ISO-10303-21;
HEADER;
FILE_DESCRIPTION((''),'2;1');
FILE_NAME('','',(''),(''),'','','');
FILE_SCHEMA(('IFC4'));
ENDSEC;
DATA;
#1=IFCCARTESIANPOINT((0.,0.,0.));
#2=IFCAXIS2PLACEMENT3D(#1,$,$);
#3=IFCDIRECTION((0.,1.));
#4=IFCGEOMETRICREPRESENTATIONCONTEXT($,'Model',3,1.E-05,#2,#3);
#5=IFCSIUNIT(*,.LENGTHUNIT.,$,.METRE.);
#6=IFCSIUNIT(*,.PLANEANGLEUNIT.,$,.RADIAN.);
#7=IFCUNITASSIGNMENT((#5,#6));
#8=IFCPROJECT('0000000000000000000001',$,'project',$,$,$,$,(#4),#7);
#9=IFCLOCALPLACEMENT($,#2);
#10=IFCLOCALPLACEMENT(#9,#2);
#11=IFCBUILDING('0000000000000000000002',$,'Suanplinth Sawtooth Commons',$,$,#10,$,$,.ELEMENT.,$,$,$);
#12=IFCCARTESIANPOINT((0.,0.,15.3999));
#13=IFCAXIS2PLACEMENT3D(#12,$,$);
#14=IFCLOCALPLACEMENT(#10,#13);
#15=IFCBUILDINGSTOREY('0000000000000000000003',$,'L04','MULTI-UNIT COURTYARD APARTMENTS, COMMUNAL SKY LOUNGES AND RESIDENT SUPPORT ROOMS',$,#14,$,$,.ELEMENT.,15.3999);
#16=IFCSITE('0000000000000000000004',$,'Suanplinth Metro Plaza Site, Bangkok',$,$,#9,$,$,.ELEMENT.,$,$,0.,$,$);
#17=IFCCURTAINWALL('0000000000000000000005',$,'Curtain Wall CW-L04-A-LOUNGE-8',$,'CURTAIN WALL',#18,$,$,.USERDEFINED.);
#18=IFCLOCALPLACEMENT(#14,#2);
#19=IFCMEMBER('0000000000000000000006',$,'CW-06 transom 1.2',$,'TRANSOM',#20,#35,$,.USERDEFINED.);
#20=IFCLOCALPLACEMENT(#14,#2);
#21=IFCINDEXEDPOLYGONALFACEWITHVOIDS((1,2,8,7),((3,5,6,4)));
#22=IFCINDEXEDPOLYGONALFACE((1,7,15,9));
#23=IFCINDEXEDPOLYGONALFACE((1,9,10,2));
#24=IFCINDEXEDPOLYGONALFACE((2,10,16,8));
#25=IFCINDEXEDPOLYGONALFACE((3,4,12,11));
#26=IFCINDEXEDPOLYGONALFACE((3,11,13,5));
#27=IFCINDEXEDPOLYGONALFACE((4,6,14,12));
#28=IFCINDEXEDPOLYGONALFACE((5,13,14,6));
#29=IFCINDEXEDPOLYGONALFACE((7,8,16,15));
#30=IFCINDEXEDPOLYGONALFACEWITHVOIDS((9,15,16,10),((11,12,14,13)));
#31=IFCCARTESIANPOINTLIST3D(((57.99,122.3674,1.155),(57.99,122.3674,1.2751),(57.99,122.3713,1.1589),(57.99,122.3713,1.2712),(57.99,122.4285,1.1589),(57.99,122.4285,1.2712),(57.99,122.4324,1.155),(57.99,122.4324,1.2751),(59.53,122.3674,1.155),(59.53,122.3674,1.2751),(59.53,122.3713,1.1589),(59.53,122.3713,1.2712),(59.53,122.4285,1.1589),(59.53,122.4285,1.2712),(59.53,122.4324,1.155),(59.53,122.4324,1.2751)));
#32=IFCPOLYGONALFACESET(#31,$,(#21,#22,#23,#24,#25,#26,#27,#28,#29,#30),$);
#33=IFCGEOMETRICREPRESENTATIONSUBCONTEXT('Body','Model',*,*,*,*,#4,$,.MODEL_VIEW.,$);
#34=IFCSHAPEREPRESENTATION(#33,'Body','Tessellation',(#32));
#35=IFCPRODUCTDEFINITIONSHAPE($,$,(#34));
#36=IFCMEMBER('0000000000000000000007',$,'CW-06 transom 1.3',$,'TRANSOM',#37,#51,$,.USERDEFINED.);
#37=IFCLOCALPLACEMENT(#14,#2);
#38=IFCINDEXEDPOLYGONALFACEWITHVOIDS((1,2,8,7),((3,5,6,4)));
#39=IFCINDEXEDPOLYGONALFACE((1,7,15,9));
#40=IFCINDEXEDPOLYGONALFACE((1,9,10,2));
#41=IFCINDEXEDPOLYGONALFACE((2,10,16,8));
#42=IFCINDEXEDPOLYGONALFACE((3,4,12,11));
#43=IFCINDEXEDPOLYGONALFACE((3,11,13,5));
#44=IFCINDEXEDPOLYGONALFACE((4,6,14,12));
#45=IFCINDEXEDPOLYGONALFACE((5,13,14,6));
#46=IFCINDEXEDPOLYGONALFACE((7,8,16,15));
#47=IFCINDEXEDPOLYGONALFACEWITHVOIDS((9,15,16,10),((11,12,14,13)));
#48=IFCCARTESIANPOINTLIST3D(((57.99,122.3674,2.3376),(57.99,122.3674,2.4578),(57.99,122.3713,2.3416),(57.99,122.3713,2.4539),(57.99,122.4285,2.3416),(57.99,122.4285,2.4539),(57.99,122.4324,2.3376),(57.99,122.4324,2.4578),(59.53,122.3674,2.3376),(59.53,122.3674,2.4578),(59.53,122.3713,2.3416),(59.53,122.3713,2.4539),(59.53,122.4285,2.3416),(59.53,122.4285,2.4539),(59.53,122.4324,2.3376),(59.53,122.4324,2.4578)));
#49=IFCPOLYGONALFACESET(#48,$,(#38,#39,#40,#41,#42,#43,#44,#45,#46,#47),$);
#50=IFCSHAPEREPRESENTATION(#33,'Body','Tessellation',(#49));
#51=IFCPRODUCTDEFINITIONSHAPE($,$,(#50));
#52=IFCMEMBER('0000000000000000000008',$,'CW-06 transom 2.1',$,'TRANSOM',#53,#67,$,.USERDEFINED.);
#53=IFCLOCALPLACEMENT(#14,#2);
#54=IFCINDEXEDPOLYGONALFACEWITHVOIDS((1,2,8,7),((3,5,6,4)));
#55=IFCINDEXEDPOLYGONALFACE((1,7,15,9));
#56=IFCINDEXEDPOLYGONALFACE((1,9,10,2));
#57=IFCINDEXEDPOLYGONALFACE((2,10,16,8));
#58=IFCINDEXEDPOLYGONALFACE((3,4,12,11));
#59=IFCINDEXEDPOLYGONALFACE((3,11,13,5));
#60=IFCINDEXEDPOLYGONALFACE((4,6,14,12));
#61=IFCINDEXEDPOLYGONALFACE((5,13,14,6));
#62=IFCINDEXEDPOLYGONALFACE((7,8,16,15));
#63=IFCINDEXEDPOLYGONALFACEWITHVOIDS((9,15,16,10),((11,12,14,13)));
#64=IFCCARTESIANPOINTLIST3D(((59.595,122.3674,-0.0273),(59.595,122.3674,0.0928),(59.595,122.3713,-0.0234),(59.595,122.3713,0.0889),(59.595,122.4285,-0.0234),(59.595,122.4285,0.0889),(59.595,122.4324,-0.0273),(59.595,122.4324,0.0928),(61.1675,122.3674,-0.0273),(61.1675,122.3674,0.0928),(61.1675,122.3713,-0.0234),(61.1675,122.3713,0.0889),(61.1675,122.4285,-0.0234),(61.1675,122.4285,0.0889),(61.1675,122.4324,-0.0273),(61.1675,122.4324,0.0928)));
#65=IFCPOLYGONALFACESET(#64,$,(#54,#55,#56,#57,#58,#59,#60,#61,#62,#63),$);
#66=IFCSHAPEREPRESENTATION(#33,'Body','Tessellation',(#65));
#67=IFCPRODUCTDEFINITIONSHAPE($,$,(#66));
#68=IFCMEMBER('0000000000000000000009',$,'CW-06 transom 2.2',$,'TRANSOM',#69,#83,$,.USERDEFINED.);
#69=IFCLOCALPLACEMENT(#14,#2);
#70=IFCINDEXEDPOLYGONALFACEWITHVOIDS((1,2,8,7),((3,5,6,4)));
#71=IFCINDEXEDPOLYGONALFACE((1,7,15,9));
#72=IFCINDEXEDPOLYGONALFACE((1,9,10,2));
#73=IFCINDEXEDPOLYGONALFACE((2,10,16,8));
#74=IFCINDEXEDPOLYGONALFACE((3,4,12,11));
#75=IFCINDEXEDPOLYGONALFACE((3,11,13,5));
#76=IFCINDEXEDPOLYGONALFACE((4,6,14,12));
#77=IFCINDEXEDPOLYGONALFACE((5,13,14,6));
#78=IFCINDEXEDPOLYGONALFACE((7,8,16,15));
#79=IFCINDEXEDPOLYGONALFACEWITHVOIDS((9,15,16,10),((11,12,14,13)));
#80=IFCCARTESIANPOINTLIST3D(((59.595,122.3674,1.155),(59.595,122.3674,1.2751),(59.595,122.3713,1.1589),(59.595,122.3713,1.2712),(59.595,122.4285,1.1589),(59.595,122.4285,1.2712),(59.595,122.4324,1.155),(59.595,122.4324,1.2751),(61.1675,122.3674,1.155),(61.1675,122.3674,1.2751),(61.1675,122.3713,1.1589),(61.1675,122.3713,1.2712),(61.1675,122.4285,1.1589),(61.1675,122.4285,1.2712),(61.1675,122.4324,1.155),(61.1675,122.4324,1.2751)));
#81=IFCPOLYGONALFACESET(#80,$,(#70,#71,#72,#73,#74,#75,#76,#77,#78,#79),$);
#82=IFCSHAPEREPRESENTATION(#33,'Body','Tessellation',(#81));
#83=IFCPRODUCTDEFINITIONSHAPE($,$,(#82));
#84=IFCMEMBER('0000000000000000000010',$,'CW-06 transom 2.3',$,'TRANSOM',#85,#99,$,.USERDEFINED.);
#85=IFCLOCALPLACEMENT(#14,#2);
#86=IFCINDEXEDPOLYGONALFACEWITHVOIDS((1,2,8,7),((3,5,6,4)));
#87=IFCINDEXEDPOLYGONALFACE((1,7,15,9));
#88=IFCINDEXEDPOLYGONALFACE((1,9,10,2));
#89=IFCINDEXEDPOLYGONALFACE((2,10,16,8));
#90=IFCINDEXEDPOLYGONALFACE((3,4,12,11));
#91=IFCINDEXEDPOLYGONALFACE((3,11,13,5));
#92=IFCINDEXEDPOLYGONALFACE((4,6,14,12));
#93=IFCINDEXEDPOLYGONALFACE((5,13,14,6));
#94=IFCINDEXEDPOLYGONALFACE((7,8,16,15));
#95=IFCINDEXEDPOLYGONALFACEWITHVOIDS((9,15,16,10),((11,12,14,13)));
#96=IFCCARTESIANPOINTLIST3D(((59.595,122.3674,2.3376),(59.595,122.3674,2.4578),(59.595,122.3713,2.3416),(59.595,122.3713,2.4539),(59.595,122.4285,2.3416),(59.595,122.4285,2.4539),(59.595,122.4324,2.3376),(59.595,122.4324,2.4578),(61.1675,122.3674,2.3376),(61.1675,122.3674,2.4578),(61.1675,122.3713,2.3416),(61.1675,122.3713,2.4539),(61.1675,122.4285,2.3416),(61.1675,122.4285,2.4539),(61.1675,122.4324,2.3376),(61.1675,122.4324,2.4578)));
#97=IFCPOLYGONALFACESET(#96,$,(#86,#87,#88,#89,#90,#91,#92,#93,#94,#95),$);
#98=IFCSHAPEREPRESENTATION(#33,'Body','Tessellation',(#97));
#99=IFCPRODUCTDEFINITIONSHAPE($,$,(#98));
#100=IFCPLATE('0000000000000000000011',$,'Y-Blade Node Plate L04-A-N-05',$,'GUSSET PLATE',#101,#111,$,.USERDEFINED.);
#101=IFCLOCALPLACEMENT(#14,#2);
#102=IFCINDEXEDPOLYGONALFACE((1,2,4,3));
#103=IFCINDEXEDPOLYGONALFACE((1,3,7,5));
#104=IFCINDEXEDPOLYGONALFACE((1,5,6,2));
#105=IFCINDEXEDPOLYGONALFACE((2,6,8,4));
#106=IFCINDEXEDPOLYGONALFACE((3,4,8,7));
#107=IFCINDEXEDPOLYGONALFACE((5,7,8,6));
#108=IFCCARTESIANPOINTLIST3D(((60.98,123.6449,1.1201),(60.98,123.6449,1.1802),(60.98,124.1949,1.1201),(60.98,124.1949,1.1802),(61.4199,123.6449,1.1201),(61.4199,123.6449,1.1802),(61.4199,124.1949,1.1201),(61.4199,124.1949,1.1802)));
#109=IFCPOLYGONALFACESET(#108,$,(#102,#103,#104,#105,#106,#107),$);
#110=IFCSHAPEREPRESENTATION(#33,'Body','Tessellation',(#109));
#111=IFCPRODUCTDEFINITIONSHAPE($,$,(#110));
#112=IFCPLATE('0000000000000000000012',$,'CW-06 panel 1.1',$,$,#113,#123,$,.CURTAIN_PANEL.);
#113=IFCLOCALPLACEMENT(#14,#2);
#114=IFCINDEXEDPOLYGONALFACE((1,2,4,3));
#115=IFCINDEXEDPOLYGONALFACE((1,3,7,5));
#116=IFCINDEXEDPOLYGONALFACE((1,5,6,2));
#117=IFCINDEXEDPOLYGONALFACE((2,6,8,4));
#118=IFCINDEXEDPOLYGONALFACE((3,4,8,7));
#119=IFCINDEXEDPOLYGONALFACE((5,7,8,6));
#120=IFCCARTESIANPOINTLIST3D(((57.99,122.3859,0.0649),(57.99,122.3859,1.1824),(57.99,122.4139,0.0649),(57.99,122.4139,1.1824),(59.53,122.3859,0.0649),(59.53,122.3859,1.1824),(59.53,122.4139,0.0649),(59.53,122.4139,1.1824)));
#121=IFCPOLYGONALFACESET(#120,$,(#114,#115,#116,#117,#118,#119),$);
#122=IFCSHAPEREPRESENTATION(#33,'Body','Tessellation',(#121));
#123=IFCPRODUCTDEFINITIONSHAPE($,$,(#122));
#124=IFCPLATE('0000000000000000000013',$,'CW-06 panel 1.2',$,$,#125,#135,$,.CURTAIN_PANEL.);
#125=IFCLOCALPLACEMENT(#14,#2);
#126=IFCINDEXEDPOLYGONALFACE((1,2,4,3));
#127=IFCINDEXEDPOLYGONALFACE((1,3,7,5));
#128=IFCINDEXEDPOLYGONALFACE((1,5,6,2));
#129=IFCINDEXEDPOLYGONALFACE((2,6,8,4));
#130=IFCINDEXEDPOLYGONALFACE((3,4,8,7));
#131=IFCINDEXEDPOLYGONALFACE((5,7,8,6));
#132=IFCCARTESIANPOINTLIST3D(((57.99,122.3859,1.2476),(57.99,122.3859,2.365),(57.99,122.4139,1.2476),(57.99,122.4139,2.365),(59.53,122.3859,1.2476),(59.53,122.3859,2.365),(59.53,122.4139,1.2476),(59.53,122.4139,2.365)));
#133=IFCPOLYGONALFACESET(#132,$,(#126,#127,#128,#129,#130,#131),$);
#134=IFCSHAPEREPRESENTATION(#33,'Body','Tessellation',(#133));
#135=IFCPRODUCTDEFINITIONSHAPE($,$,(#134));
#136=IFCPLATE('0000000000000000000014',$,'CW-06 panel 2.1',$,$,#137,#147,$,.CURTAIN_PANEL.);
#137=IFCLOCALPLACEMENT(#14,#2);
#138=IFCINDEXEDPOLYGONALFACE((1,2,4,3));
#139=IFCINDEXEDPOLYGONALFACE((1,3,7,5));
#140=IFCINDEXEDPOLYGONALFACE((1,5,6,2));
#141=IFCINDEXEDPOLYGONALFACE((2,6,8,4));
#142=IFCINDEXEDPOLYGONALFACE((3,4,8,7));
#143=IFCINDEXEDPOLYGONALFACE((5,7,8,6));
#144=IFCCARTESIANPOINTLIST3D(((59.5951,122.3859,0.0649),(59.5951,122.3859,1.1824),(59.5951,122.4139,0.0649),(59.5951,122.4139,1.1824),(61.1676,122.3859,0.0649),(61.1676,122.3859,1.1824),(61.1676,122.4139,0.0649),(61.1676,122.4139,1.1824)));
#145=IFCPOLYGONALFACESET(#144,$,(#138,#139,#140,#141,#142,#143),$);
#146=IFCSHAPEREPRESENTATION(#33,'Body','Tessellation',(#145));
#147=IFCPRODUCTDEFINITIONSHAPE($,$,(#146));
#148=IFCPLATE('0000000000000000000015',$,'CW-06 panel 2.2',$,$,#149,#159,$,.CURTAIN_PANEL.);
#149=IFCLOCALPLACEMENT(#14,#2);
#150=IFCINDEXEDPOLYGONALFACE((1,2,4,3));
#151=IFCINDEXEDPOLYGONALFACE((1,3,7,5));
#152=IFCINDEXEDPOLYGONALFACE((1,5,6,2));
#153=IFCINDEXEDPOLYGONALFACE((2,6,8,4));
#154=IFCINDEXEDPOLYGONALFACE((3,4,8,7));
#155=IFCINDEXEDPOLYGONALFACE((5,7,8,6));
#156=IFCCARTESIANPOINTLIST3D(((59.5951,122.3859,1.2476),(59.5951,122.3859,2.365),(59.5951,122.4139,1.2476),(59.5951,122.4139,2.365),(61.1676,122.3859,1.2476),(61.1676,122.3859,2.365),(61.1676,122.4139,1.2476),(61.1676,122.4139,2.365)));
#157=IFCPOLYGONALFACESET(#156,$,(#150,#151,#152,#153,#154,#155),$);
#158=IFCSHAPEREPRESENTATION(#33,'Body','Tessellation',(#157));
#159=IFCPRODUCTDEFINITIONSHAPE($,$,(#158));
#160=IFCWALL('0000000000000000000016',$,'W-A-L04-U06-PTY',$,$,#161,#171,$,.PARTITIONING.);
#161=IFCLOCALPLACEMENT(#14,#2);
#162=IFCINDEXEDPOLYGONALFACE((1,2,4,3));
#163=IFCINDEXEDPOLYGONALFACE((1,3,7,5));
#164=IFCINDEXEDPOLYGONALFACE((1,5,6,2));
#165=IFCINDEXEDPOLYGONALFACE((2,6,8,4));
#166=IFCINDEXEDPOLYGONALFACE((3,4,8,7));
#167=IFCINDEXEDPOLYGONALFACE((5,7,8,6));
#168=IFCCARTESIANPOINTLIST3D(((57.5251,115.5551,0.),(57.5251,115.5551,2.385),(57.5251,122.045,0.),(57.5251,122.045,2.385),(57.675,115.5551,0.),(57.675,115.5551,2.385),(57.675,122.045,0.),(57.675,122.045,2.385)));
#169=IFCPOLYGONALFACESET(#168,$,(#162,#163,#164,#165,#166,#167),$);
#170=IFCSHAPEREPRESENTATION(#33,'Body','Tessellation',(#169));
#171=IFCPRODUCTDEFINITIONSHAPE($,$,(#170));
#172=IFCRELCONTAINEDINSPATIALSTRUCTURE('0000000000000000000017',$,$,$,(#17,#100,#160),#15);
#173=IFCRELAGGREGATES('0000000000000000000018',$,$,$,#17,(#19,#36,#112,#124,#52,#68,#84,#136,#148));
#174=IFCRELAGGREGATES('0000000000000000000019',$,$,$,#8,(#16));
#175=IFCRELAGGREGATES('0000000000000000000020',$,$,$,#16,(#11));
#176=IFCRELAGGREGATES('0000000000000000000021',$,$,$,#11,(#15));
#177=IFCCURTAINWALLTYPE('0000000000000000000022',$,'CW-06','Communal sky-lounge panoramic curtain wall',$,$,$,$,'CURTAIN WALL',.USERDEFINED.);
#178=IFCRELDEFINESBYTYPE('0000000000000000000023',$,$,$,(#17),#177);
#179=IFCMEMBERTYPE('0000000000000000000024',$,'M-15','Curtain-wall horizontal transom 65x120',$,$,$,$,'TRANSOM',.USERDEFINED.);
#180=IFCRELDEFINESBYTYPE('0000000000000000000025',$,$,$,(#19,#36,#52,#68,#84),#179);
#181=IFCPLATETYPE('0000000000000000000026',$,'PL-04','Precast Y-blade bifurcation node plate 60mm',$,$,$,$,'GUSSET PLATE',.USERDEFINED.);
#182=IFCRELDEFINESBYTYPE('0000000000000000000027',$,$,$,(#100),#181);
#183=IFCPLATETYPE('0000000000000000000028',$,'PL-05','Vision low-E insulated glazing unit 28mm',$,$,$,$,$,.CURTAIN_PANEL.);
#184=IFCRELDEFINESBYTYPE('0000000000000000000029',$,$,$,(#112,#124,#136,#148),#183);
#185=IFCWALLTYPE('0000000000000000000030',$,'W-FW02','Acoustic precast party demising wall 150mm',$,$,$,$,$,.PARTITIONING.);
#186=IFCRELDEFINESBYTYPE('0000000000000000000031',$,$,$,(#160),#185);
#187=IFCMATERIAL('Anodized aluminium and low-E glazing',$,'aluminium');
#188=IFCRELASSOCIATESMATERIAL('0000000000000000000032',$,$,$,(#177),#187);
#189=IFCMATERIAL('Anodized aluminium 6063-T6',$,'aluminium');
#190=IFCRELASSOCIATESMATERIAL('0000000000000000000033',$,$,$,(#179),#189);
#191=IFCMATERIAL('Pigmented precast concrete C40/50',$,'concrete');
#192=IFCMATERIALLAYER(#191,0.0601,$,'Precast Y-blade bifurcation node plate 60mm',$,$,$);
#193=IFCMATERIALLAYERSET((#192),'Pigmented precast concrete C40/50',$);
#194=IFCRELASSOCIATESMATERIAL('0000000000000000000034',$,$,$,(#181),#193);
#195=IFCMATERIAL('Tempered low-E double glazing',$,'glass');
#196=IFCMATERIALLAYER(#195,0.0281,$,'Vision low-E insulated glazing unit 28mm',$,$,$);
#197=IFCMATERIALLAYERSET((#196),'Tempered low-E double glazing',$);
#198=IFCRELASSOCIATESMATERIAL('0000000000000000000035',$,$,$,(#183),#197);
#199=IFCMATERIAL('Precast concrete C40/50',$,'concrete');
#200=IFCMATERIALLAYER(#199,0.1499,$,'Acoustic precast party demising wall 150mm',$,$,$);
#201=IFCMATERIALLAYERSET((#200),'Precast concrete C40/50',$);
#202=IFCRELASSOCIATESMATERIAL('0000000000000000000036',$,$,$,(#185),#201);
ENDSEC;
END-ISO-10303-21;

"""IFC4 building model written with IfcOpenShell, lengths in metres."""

from ifc_helpers import new_model, si_unit, direction, frame, frame_2d, origin, origin_2d, place, context, subcontext, project, spatial, rectangle, hollow_rectangle, extrude, material, layer, layer_set, material_profile, profile_set, type_object, element, aggregate, save


model = new_model("IFC4")

# Units and contexts
model_context = context("Model", 3, precision=1e-05, world=origin(), true_north=direction((0.0, 1.0)))
body_context = subcontext(model_context, "Body", "Model", "MODEL_VIEW")
ifc_project = project(units=[si_unit("LENGTHUNIT", "METRE"), si_unit("PLANEANGLEUNIT", "RADIAN")], contexts=[model_context])

# Site, building, storey
site_placement = place(None, origin())
site = spatial("IfcSite", under=ifc_project, at=site_placement, Name="Suanplinth Metro Plaza Site, Bangkok", CompositionType="ELEMENT", RefElevation=0.0)
building_placement = place(site_placement, origin())
building = spatial("IfcBuilding", under=site, at=building_placement, Name="Suanplinth Sawtooth Commons", CompositionType="ELEMENT")
storey_placement = place(building_placement, frame((0.0, 0.0, 15.3999)))
storey = spatial("IfcBuildingStorey", under=building, at=storey_placement, Name="L04", Description="MULTI-UNIT COURTYARD APARTMENTS, COMMUNAL SKY LOUNGES AND RESIDENT SUPPORT ROOMS", CompositionType="ELEMENT", Elevation=15.3999)

# Shared definitions
ifc_material_1 = material(Name="Precast concrete C40/50", Category="concrete")

# Shared definitions
ifc_material_2 = material(Name="Pigmented precast concrete C40/50", Category="concrete")

# Curtain wall, members
ifc_material_3 = material(Name="Anodized aluminium and low-E glazing", Category="aluminium")
curtain_wall_type = type_object("IfcCurtainWallType", Name="CW-06", Description="Communal sky-lounge panoramic curtain wall", ElementType="CURTAIN WALL", PredefinedType="USERDEFINED", material=ifc_material_3)
curtain_wall_placement = place(storey_placement, origin())
curtain_wall = element("IfcCurtainWall", 1, at=curtain_wall_placement, inside=storey, type_object=curtain_wall_type, Name="Curtain Wall CW-L04-A-LOUNGE-8", ObjectType="CURTAIN WALL", PredefinedType="USERDEFINED")
ifc_material_4 = material(Name="Anodized aluminium 6063-T6", Category="aluminium")
ifc_material_profile_1 = material_profile(ifc_material_4, hollow_rectangle(XDim=0.0649, YDim=0.1201, WallThickness=0.0039, at=origin_2d()), Name="ALU-TRN 65x120")
ifc_profile_set_1 = profile_set([ifc_material_profile_1], Name="Anodized aluminium 6063-T6")
member_type_1 = type_object("IfcMemberType", Name="M-15", Description="Curtain-wall horizontal transom 65x120", ElementType="TRANSOM", PredefinedType="USERDEFINED", material=ifc_profile_set_1)
member_1_placement = place(storey_placement, frame((57.99, 122.3999, 1.2151), z_axis=(1.0, 0.0, 0.0), x_axis=(0.0, 1.0, 0.0)))
member_1 = element("IfcMember", 2, at=member_1_placement, type_object=member_type_1, Name="CW-06 transom 1.2", ObjectType="TRANSOM", PredefinedType="USERDEFINED", context=body_context, shape_type="SweptSolid", body=[
    extrude(hollow_rectangle(XDim=0.0649, YDim=0.1201, WallThickness=0.0039, at=origin_2d()), origin(), (0.0, 0.0, 1.0), 1.54),
])
member_2_placement = place(storey_placement, frame((57.99, 122.3999, 2.3977), z_axis=(1.0, 0.0, 0.0), x_axis=(0.0, 1.0, 0.0)))
member_2 = element("IfcMember", 3, at=member_2_placement, type_object=member_type_1, Name="CW-06 transom 1.3", ObjectType="TRANSOM", PredefinedType="USERDEFINED", context=body_context, shape_type="SweptSolid", body=[
    extrude(hollow_rectangle(XDim=0.0649, YDim=0.1201, WallThickness=0.0039, at=origin_2d()), origin(), (0.0, 0.0, 1.0), 1.54),
])
member_3_placement = place(storey_placement, frame((59.595, 122.3999, 0.0327), z_axis=(1.0, 0.0, 0.0), x_axis=(0.0, 1.0, 0.0)))
member_3 = element("IfcMember", 4, at=member_3_placement, type_object=member_type_1, Name="CW-06 transom 2.1", ObjectType="TRANSOM", PredefinedType="USERDEFINED", context=body_context, shape_type="SweptSolid", body=[
    extrude(hollow_rectangle(XDim=0.0649, YDim=0.1201, WallThickness=0.0039, at=origin_2d()), origin(), (0.0, 0.0, 1.0), 1.5725),
])
member_4_placement = place(storey_placement, frame((59.595, 122.3999, 1.2151), z_axis=(1.0, 0.0, 0.0), x_axis=(0.0, 1.0, 0.0)))
member_4 = element("IfcMember", 5, at=member_4_placement, type_object=member_type_1, Name="CW-06 transom 2.2", ObjectType="TRANSOM", PredefinedType="USERDEFINED", context=body_context, shape_type="SweptSolid", body=[
    extrude(hollow_rectangle(XDim=0.0649, YDim=0.1201, WallThickness=0.0039, at=origin_2d()), origin(), (0.0, 0.0, 1.0), 1.5725),
])
member_5_placement = place(storey_placement, frame((59.595, 122.3999, 2.3977), z_axis=(1.0, 0.0, 0.0), x_axis=(0.0, 1.0, 0.0)))
member_5 = element("IfcMember", 6, at=member_5_placement, type_object=member_type_1, Name="CW-06 transom 2.3", ObjectType="TRANSOM", PredefinedType="USERDEFINED", context=body_context, shape_type="SweptSolid", body=[
    extrude(hollow_rectangle(XDim=0.0649, YDim=0.1201, WallThickness=0.0039, at=origin_2d()), origin(), (0.0, 0.0, 1.0), 1.5725),
])

# Plates
ifc_layer_1 = layer(ifc_material_2, 0.0601, Name="Precast Y-blade bifurcation node plate 60mm")
ifc_layer_set_1 = layer_set([ifc_layer_1], Name="Pigmented precast concrete C40/50")
plate_type_1 = type_object("IfcPlateType", Name="PL-04", Description="Precast Y-blade bifurcation node plate 60mm", ElementType="GUSSET PLATE", PredefinedType="USERDEFINED", material=ifc_layer_set_1)
plate_1_placement = place(storey_placement, frame((61.2, 123.9199, 1.1201), z_axis=(0.0, 0.0, 1.0), x_axis=(1.0, 0.0, 0.0)))
element("IfcPlate", 7, at=plate_1_placement, inside=storey, type_object=plate_type_1, Name="Y-Blade Node Plate L04-A-N-05", ObjectType="GUSSET PLATE", PredefinedType="USERDEFINED", context=body_context, shape_type="SweptSolid", body=[
    extrude(rectangle(XDim=0.4399, YDim=0.55, at=origin_2d()), origin(), (0.0, 0.0, 1.0), 0.0601),
])
ifc_material_5 = material(Name="Tempered low-E double glazing", Category="glass")
ifc_layer_2 = layer(ifc_material_5, 0.0281, Name="Vision low-E insulated glazing unit 28mm")
ifc_layer_set_2 = layer_set([ifc_layer_2], Name="Tempered low-E double glazing")
plate_type_2 = type_object("IfcPlateType", Name="PL-05", Description="Vision low-E insulated glazing unit 28mm", PredefinedType="CURTAIN_PANEL", material=ifc_layer_set_2)
plate_2_placement = place(storey_placement, frame((58.76, 122.3999, 0.0649), z_axis=(0.0, 0.0, 1.0), x_axis=(1.0, 0.0, 0.0)))
plate_2 = element("IfcPlate", 8, at=plate_2_placement, type_object=plate_type_2, Name="CW-06 panel 1.1", PredefinedType="CURTAIN_PANEL", context=body_context, shape_type="SweptSolid", body=[
    extrude(rectangle(XDim=1.54, YDim=0.0281, at=origin_2d()), origin(), (0.0, 0.0, 1.0), 1.1174),
])
plate_3_placement = place(storey_placement, frame((58.76, 122.3999, 1.2476), z_axis=(0.0, 0.0, 1.0), x_axis=(1.0, 0.0, 0.0)))
plate_3 = element("IfcPlate", 9, at=plate_3_placement, type_object=plate_type_2, Name="CW-06 panel 1.2", PredefinedType="CURTAIN_PANEL", context=body_context, shape_type="SweptSolid", body=[
    extrude(rectangle(XDim=1.54, YDim=0.0281, at=origin_2d()), origin(), (0.0, 0.0, 1.0), 1.1174),
])
plate_4_placement = place(storey_placement, frame((60.3813, 122.3999, 0.0649), z_axis=(0.0, 0.0, 1.0), x_axis=(1.0, 0.0, 0.0)))
plate_4 = element("IfcPlate", 10, at=plate_4_placement, type_object=plate_type_2, Name="CW-06 panel 2.1", PredefinedType="CURTAIN_PANEL", context=body_context, shape_type="SweptSolid", body=[
    extrude(rectangle(XDim=1.5725, YDim=0.0281, at=origin_2d()), origin(), (0.0, 0.0, 1.0), 1.1174),
])
plate_5_placement = place(storey_placement, frame((60.3813, 122.3999, 1.2476), z_axis=(0.0, 0.0, 1.0), x_axis=(1.0, 0.0, 0.0)))
plate_5 = element("IfcPlate", 11, at=plate_5_placement, type_object=plate_type_2, Name="CW-06 panel 2.2", PredefinedType="CURTAIN_PANEL", context=body_context, shape_type="SweptSolid", body=[
    extrude(rectangle(XDim=1.5725, YDim=0.0281, at=origin_2d()), origin(), (0.0, 0.0, 1.0), 1.1174),
])
aggregate(curtain_wall, [member_1, member_2, plate_2, plate_3, member_3, member_4, member_5, plate_4, plate_5])

# Wall
ifc_layer_3 = layer(ifc_material_1, 0.1499, Name="Acoustic precast party demising wall 150mm")
ifc_layer_set_3 = layer_set([ifc_layer_3], Name="Precast concrete C40/50")
wall_type_1 = type_object("IfcWallType", Name="W-FW02", Description="Acoustic precast party demising wall 150mm", PredefinedType="PARTITIONING", material=ifc_layer_set_3)
wall_1_placement = place(storey_placement, frame((57.6001, 115.5549, 0.0), z_axis=(0.0, 0.0, 1.0), x_axis=(0.0, 1.0, 0.0)))
element("IfcWall", 12, at=wall_1_placement, inside=storey, type_object=wall_type_1, Name="W-A-L04-U06-PTY", PredefinedType="PARTITIONING", context=body_context, shape_type="SweptSolid", body=[
    extrude(rectangle(XDim=6.49, YDim=0.1499, at=frame_2d((3.2451, 0.0))), origin(), (0.0, 0.0, 1.0), 2.385),
])

save(model, "model.ifc")
